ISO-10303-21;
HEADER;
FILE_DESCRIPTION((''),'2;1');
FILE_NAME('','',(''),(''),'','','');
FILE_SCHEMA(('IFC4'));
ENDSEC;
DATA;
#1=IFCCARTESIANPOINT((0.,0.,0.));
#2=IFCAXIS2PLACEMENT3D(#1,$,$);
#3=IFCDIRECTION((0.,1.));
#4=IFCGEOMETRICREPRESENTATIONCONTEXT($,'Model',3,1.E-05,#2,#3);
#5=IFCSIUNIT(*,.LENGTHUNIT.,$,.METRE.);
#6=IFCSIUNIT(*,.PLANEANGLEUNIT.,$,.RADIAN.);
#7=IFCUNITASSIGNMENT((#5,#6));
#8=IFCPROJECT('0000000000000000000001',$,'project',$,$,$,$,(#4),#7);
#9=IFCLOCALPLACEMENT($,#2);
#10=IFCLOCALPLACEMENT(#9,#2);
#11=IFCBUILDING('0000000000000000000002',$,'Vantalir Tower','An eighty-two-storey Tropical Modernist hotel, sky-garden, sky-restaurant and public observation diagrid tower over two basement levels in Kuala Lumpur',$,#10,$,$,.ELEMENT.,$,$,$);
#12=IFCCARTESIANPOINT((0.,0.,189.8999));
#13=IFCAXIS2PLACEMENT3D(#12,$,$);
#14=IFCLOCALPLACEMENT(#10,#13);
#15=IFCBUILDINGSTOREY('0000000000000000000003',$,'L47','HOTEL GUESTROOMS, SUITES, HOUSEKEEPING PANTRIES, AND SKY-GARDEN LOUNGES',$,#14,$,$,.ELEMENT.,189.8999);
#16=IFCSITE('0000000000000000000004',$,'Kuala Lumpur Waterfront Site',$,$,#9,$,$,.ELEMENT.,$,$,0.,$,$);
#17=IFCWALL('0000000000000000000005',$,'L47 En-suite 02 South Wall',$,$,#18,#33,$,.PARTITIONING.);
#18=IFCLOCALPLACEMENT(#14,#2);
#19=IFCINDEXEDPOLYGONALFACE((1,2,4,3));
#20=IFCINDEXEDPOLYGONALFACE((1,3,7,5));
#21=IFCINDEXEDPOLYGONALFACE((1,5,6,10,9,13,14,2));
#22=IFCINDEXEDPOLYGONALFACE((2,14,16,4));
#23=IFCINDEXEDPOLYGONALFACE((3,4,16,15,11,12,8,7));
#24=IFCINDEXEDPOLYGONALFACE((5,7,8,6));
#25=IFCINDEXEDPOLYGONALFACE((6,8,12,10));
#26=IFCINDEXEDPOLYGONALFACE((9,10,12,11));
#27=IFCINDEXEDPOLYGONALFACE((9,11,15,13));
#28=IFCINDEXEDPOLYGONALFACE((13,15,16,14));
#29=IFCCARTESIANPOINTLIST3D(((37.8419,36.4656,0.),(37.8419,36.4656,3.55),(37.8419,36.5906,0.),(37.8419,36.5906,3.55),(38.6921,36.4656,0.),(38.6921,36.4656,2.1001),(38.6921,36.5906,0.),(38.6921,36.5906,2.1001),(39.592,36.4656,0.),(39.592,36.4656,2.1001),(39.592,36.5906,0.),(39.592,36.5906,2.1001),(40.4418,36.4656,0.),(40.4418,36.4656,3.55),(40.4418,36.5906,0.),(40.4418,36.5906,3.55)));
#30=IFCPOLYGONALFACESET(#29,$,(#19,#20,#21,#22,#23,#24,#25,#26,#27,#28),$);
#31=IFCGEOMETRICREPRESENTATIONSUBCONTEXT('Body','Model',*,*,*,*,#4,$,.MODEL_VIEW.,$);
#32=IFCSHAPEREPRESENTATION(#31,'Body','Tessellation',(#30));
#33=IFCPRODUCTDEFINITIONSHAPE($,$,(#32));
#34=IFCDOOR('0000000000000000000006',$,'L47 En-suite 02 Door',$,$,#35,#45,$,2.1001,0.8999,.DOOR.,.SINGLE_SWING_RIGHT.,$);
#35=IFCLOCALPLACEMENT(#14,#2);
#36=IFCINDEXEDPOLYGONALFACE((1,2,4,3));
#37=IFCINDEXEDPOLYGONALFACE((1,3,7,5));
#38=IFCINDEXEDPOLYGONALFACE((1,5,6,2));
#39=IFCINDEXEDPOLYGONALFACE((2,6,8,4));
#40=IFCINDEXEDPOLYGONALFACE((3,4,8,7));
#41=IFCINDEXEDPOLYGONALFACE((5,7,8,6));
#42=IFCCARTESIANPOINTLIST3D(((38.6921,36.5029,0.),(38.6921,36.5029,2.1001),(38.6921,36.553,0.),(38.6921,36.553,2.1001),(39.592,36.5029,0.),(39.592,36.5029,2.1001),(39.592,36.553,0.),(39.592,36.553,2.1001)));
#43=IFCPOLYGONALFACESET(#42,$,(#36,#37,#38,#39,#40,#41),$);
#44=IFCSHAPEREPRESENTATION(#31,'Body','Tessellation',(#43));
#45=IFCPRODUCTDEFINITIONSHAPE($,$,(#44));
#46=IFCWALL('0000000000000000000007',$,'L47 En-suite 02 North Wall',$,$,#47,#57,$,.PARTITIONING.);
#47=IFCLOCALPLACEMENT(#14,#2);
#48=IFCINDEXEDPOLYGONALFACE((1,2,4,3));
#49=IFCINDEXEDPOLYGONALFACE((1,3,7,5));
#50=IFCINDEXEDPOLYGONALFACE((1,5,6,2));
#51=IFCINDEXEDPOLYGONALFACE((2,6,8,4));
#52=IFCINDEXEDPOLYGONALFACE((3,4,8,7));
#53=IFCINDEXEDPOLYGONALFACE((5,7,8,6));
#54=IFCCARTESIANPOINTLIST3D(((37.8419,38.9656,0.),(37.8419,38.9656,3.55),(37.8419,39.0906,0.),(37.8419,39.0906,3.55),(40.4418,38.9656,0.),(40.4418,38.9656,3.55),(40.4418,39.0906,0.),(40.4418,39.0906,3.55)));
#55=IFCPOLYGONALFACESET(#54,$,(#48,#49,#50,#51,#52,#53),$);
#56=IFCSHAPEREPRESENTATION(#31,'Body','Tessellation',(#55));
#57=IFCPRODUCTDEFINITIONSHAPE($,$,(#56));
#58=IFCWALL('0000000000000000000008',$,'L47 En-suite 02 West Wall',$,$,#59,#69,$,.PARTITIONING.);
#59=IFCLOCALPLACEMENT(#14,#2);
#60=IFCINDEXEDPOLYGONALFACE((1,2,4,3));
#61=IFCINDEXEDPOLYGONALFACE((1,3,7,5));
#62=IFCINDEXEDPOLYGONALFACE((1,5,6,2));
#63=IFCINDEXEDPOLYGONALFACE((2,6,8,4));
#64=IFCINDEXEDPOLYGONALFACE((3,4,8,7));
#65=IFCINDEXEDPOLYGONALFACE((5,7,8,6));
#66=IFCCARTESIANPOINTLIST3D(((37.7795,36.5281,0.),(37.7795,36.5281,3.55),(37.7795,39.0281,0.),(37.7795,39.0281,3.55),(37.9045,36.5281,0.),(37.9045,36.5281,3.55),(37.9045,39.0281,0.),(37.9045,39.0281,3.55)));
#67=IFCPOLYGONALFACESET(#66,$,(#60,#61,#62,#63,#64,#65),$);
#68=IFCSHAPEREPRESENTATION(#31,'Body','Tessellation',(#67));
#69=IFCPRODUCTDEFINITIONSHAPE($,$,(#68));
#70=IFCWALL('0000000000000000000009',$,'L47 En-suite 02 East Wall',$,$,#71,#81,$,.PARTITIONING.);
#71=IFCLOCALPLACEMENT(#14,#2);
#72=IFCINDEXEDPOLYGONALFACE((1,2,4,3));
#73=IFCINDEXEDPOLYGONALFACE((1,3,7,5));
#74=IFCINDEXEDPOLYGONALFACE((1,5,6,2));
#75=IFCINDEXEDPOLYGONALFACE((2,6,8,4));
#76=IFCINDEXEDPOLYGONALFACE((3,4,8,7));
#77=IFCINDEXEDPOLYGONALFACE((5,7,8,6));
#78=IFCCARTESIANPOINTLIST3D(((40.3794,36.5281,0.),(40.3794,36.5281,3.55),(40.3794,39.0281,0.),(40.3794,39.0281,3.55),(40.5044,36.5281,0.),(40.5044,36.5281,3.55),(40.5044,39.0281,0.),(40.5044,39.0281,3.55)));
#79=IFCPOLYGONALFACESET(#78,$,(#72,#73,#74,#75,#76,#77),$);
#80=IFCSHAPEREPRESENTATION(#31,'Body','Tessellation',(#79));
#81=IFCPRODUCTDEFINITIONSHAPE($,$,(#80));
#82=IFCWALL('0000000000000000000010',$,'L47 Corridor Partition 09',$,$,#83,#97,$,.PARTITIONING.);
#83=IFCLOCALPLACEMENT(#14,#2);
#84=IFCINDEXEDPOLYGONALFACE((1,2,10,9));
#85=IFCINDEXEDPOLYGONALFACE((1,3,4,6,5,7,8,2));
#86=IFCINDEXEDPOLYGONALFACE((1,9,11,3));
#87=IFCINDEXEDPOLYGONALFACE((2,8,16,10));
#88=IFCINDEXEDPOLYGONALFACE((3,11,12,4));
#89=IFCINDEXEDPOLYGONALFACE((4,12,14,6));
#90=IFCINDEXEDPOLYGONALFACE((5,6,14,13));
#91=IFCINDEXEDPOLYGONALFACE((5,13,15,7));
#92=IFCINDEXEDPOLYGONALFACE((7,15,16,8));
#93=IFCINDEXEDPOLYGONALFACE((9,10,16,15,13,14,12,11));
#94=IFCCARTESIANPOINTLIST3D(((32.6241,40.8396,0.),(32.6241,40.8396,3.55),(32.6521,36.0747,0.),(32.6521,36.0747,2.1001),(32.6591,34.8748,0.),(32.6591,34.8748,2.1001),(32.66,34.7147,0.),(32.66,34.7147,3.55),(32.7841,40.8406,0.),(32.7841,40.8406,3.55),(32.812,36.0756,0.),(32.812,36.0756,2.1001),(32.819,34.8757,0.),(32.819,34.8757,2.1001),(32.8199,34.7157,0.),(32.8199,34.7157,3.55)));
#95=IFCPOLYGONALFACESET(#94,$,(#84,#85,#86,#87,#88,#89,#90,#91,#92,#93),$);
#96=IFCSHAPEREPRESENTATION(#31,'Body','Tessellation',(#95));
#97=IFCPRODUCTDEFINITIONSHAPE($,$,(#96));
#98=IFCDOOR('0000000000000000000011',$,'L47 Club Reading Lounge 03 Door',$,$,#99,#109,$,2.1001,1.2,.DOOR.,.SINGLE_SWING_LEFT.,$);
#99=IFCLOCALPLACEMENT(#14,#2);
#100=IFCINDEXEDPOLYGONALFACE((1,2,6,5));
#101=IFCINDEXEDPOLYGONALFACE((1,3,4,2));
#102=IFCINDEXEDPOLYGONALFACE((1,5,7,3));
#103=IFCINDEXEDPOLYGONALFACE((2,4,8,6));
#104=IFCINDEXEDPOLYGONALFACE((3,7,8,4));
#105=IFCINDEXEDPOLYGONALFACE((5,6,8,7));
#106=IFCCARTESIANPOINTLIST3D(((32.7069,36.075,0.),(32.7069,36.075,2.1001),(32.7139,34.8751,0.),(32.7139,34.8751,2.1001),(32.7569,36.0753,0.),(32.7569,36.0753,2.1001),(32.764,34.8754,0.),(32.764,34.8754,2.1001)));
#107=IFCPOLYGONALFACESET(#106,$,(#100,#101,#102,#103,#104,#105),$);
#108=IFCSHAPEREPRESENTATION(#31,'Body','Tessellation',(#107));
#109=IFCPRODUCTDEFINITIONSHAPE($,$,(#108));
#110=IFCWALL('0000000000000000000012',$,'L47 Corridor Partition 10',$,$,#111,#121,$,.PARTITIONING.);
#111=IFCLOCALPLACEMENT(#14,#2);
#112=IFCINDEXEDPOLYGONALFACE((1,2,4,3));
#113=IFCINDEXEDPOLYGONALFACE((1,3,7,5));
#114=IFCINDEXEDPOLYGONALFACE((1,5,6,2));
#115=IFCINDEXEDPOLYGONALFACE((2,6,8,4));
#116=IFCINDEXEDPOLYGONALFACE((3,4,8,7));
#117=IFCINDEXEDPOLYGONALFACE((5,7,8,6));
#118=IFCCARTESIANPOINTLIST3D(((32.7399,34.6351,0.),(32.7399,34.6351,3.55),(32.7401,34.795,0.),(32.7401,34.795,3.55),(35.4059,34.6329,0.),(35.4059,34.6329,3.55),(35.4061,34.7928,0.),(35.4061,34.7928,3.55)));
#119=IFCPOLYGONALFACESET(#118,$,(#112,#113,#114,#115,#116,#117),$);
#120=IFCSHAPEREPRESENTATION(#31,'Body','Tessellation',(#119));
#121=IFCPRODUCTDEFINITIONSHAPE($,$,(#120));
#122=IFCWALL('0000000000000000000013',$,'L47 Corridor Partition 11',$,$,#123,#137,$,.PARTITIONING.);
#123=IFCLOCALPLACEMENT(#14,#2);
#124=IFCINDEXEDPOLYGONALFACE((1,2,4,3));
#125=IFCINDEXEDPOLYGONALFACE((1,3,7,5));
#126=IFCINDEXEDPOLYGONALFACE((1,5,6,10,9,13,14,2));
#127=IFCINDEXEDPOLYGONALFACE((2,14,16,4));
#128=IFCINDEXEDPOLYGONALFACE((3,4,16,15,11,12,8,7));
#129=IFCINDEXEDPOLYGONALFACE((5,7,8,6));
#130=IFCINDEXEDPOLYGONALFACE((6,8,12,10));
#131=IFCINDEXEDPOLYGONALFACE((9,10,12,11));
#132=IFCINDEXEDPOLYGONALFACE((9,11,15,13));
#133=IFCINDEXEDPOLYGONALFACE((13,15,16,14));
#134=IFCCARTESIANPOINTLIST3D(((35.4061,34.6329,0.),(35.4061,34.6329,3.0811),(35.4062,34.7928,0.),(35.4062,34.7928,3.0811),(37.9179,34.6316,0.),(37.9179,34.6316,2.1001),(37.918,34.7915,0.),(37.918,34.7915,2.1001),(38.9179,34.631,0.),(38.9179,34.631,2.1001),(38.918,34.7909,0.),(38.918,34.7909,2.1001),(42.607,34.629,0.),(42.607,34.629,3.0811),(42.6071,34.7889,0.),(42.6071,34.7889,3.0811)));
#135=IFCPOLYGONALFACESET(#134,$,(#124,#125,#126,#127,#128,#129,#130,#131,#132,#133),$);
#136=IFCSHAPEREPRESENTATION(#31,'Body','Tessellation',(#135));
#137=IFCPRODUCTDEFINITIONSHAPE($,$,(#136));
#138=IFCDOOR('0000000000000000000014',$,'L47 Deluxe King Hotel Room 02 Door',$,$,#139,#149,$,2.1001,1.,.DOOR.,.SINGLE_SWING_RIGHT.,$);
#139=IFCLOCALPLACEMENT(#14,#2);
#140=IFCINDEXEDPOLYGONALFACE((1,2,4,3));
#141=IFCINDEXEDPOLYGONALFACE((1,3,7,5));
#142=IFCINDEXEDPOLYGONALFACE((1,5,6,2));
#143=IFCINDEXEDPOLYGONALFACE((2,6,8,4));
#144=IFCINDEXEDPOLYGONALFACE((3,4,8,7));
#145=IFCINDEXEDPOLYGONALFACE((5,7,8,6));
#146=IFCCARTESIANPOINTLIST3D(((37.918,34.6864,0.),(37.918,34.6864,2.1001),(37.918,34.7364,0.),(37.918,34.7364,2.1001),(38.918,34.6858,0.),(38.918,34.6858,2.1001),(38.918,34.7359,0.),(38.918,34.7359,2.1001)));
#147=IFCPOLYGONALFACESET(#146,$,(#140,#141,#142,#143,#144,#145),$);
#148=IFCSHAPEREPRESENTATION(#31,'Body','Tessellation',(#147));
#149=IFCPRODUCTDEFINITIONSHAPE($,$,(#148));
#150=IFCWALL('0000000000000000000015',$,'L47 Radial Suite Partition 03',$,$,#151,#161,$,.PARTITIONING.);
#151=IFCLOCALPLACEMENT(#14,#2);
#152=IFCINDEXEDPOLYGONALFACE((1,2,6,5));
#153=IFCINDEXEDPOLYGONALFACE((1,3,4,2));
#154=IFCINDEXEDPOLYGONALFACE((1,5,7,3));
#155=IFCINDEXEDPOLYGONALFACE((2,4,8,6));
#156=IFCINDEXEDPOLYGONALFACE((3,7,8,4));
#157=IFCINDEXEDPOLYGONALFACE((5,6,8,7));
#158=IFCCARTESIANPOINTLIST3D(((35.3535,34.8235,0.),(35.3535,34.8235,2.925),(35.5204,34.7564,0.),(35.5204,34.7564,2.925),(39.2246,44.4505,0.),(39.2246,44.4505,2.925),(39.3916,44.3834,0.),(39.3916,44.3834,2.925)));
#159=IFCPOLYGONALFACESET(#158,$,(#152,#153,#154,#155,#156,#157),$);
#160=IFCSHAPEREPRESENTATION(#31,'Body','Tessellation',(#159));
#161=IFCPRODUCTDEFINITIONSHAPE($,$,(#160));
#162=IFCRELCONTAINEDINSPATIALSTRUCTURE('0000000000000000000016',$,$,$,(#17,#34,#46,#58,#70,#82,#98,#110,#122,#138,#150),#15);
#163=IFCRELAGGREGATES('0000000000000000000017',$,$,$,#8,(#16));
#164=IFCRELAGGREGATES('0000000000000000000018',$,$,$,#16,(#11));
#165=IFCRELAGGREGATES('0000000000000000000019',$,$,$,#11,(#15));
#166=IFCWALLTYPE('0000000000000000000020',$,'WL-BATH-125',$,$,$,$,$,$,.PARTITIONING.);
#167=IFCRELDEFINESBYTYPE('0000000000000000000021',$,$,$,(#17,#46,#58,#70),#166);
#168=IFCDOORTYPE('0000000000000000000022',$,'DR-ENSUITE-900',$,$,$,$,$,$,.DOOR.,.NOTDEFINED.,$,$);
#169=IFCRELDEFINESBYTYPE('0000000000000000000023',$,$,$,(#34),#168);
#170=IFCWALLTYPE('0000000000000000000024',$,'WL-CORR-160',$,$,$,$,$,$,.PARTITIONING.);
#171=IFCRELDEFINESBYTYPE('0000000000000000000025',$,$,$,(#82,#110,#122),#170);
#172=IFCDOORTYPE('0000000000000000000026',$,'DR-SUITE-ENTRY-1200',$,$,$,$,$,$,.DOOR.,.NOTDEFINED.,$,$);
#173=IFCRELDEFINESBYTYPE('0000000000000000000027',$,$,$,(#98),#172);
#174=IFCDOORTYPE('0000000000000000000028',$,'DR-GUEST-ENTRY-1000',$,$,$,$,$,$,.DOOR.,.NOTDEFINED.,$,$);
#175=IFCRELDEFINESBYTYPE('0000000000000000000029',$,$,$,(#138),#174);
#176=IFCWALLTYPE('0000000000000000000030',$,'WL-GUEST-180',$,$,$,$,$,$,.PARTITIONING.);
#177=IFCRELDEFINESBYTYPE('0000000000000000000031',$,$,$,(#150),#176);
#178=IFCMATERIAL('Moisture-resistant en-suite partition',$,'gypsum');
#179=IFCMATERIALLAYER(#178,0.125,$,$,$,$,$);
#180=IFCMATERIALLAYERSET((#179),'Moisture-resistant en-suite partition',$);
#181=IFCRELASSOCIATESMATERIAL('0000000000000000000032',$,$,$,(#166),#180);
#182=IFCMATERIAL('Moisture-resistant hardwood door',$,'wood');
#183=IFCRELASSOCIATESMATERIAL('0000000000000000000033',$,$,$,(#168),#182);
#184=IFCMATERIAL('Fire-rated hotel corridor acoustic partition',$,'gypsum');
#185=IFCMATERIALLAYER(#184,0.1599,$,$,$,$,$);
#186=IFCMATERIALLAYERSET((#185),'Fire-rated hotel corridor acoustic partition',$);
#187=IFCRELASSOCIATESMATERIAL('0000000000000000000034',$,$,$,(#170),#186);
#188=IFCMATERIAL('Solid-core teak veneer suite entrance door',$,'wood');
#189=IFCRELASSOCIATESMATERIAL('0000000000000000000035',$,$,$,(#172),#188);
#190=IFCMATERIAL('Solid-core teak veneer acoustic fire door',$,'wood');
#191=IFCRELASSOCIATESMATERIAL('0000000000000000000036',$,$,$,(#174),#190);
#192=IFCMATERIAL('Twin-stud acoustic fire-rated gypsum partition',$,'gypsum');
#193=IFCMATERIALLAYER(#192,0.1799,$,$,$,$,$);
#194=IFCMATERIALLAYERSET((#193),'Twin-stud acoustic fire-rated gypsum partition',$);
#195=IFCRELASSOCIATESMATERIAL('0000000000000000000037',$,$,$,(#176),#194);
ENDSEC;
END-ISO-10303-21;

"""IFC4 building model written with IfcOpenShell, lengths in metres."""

from ifc_helpers import new_model, si_unit, direction, frame, frame_2d, origin, place, context, subcontext, project, spatial, rectangle, extrude, material, layer, layer_set, type_object, element, fill, save


model = new_model("IFC4")

# Units and contexts
model_context = context("Model", 3, precision=1e-05, world=origin(), true_north=direction((0.0, 1.0)))
body_context = subcontext(model_context, "Body", "Model", "MODEL_VIEW")
ifc_project = project(units=[si_unit("LENGTHUNIT", "METRE"), si_unit("PLANEANGLEUNIT", "RADIAN")], contexts=[model_context])

# Site, building, storey
site_placement = place(None, origin())
site = spatial("IfcSite", under=ifc_project, at=site_placement, Name="Kuala Lumpur Waterfront Site", CompositionType="ELEMENT", RefElevation=0.0)
building_placement = place(site_placement, origin())
building = spatial("IfcBuilding", under=site, at=building_placement, Name="Vantalir Tower", Description="An eighty-two-storey Tropical Modernist hotel, sky-garden, sky-restaurant and public observation diagrid tower over two basement levels in Kuala Lumpur", CompositionType="ELEMENT")
storey_placement = place(building_placement, frame((0.0, 0.0, 189.8999)))
storey = spatial("IfcBuildingStorey", under=building, at=storey_placement, Name="L47", Description="HOTEL GUESTROOMS, SUITES, HOUSEKEEPING PANTRIES, AND SKY-GARDEN LOUNGES", CompositionType="ELEMENT", Elevation=189.8999)

# Wall, opening, door
ifc_material_1 = material(Name="Moisture-resistant en-suite partition", Category="gypsum")
ifc_layer_1 = layer(ifc_material_1, 0.125)
ifc_layer_set_1 = layer_set([ifc_layer_1], Name="Moisture-resistant en-suite partition")
wall_type_1 = type_object("IfcWallType", Name="WL-BATH-125", PredefinedType="PARTITIONING", material=ifc_layer_set_1)
wall_1_placement = place(storey_placement, frame((37.842, 36.5281, 0.0), z_axis=(0.0, 0.0, 1.0), x_axis=(1.0, 0.0, 0.0)))
wall_1 = element("IfcWall", 1, at=wall_1_placement, inside=storey, type_object=wall_type_1, Name="L47 En-suite 02 South Wall", PredefinedType="PARTITIONING", context=body_context, shape_type="SweptSolid", body=[
    extrude(rectangle(XDim=2.5999, YDim=0.125, at=frame_2d((1.2998, 0.0))), origin(), (0.0, 0.0, 1.0), 3.55),
])
opening_1_placement = place(wall_1_placement, frame((0.8501, 0.0, 0.0)))
opening_1 = element("IfcOpeningElement", 2, at=opening_1_placement, cuts=wall_1, PredefinedType="OPENING", context=body_context, shape_type="SweptSolid", body=[
    extrude(rectangle(XDim=0.8999, YDim=2.1001, at=frame_2d((0.45, 1.05))), frame((0.0, 0.0725, 0.0), z_axis=(0.0, -1.0, 0.0), x_axis=(1.0, 0.0, 0.0)), (0.0, 0.0, 1.0), 0.145),
])
ifc_material_2 = material(Name="Moisture-resistant hardwood door", Category="wood")
door_type_1 = type_object("IfcDoorType", Name="DR-ENSUITE-900", OperationType="NOTDEFINED", PredefinedType="DOOR", material=ifc_material_2)
door_1_placement = place(opening_1_placement, origin())
door_1 = element("IfcDoor", 3, at=door_1_placement, inside=storey, type_object=door_type_1, Name="L47 En-suite 02 Door", OperationType="SINGLE_SWING_RIGHT", OverallHeight=2.1001, OverallWidth=0.8999, PredefinedType="DOOR", context=body_context, shape_type="SweptSolid", body=[
    extrude(rectangle(XDim=0.8999, YDim=2.1001, at=frame_2d((0.45, 1.05))), frame((0.0, 0.0249, 0.0), z_axis=(0.0, -1.0, 0.0), x_axis=(1.0, 0.0, 0.0)), (0.0, 0.0, 1.0), 0.05),
])
fill(opening_1, door_1)

# Walls
wall_2_placement = place(storey_placement, frame((37.842, 39.0281, 0.0), z_axis=(0.0, 0.0, 1.0), x_axis=(1.0, 0.0, 0.0)))
element("IfcWall", 4, at=wall_2_placement, inside=storey, type_object=wall_type_1, Name="L47 En-suite 02 North Wall", PredefinedType="PARTITIONING", context=body_context, shape_type="SweptSolid", body=[
    extrude(rectangle(XDim=2.5999, YDim=0.125, at=frame_2d((1.2998, 0.0))), origin(), (0.0, 0.0, 1.0), 3.55),
])
for number, where, z_axis, x_axis, name in (
    (5, (37.842, 36.5281, 0.0), (0.0, 0.0, 1.0), (0.0, 1.0, 0.0), "L47 En-suite 02 West Wall"),
    (6, (40.4419, 36.5281, 0.0), (0.0, 0.0, 1.0), (0.0, 1.0, 0.0), "L47 En-suite 02 East Wall"),
):
    element("IfcWall", number, at=place(storey_placement, frame(where, z_axis=z_axis, x_axis=x_axis)), inside=storey, type_object=wall_type_1, Name=name, PredefinedType="PARTITIONING", context=body_context, shape_type="SweptSolid", body=[
        extrude(rectangle(XDim=2.5, YDim=0.125, at=frame_2d((1.25, 0.0))), origin(), (0.0, 0.0, 1.0), 3.55),
    ])

# Wall, opening, door
ifc_material_3 = material(Name="Fire-rated hotel corridor acoustic partition", Category="gypsum")
ifc_layer_2 = layer(ifc_material_3, 0.1599)
ifc_layer_set_2 = layer_set([ifc_layer_2], Name="Fire-rated hotel corridor acoustic partition")
wall_type_2 = type_object("IfcWallType", Name="WL-CORR-160", PredefinedType="PARTITIONING", material=ifc_layer_set_2)
wall_3_placement = place(storey_placement, frame((32.7041, 40.8401, 0.0), z_axis=(0.0, 0.0, 1.0), x_axis=(0.005859, -0.999983, 0.0)))
wall_3 = element("IfcWall", 7, at=wall_3_placement, inside=storey, type_object=wall_type_2, Name="L47 Corridor Partition 09", PredefinedType="PARTITIONING", context=body_context, shape_type="SweptSolid", body=[
    extrude(rectangle(XDim=6.125, YDim=0.1599, at=frame_2d((3.0625, 0.0))), origin(), (0.0, 0.0, 1.0), 3.55),
])
opening_2_placement = place(wall_3_placement, frame((4.7649, 0.0, 0.0)))
opening_2 = element("IfcOpeningElement", 8, at=opening_2_placement, cuts=wall_3, PredefinedType="OPENING", context=body_context, shape_type="SweptSolid", body=[
    extrude(rectangle(XDim=1.2, YDim=2.1001, at=frame_2d((0.6001, 1.05))), frame((0.0, 0.0898, 0.0), z_axis=(0.0, -1.0, 0.0), x_axis=(1.0, 0.0, 0.0)), (0.0, 0.0, 1.0), 0.1799),
])
ifc_material_4 = material(Name="Solid-core teak veneer suite entrance door", Category="wood")
door_type_2 = type_object("IfcDoorType", Name="DR-SUITE-ENTRY-1200", OperationType="NOTDEFINED", PredefinedType="DOOR", material=ifc_material_4)
door_2_placement = place(opening_2_placement, origin())
door_2 = element("IfcDoor", 9, at=door_2_placement, inside=storey, type_object=door_type_2, Name="L47 Club Reading Lounge 03 Door", OperationType="SINGLE_SWING_LEFT", OverallHeight=2.1001, OverallWidth=1.2, PredefinedType="DOOR", context=body_context, shape_type="SweptSolid", body=[
    extrude(rectangle(XDim=1.2, YDim=2.1001, at=frame_2d((0.6001, 1.05))), frame((0.0, 0.0249, 0.0), z_axis=(0.0, -1.0, 0.0), x_axis=(1.0, 0.0, 0.0)), (0.0, 0.0, 1.0), 0.05),
])
fill(opening_2, door_2)

# Wall
wall_4_placement = place(storey_placement, frame((32.74, 34.7151, 0.0), z_axis=(0.0, 0.0, 1.0), x_axis=(1.0, -0.000824, 0.0)))
element("IfcWall", 10, at=wall_4_placement, inside=storey, type_object=wall_type_2, Name="L47 Corridor Partition 10", PredefinedType="PARTITIONING", context=body_context, shape_type="SweptSolid", body=[
    extrude(rectangle(XDim=2.666, YDim=0.1599, at=frame_2d((1.333, 0.0))), origin(), (0.0, 0.0, 1.0), 3.55),
])

# Wall, opening, door
wall_5_placement = place(storey_placement, frame((35.406, 34.7129, 0.0), z_axis=(0.0, 0.0, 1.0), x_axis=(1.0, -0.000542, 0.0)))
wall_5 = element("IfcWall", 11, at=wall_5_placement, inside=storey, type_object=wall_type_2, Name="L47 Corridor Partition 11", PredefinedType="PARTITIONING", context=body_context, shape_type="SweptSolid", body=[
    extrude(rectangle(XDim=7.2009, YDim=0.1599, at=frame_2d((3.6006, 0.0))), origin(), (0.0, 0.0, 1.0), 3.0811),
])
opening_3_placement = place(wall_5_placement, frame((2.512, 0.0, 0.0)))
opening_3 = element("IfcOpeningElement", 12, at=opening_3_placement, cuts=wall_5, PredefinedType="OPENING", context=body_context, shape_type="SweptSolid", body=[
    extrude(rectangle(XDim=1.0, YDim=2.1001, at=frame_2d((0.5, 1.05))), frame((0.0, 0.0898, 0.0), z_axis=(0.0, -1.0, 0.0), x_axis=(1.0, 0.0, 0.0)), (0.0, 0.0, 1.0), 0.1799),
])
ifc_material_5 = material(Name="Solid-core teak veneer acoustic fire door", Category="wood")
door_type_3 = type_object("IfcDoorType", Name="DR-GUEST-ENTRY-1000", OperationType="NOTDEFINED", PredefinedType="DOOR", material=ifc_material_5)
door_3_placement = place(opening_3_placement, origin())
door_3 = element("IfcDoor", 13, at=door_3_placement, inside=storey, type_object=door_type_3, Name="L47 Deluxe King Hotel Room 02 Door", OperationType="SINGLE_SWING_RIGHT", OverallHeight=2.1001, OverallWidth=1.0, PredefinedType="DOOR", context=body_context, shape_type="SweptSolid", body=[
    extrude(rectangle(XDim=1.0, YDim=2.1001, at=frame_2d((0.5, 1.05))), frame((0.0, 0.0249, 0.0), z_axis=(0.0, -1.0, 0.0), x_axis=(1.0, 0.0, 0.0)), (0.0, 0.0, 1.0), 0.05),
])
fill(opening_3, door_3)

# Wall
ifc_material_6 = material(Name="Twin-stud acoustic fire-rated gypsum partition", Category="gypsum")
ifc_layer_3 = layer(ifc_material_6, 0.1799)
ifc_layer_set_3 = layer_set([ifc_layer_3], Name="Twin-stud acoustic fire-rated gypsum partition")
wall_type_3 = type_object("IfcWallType", Name="WL-GUEST-180", PredefinedType="PARTITIONING", material=ifc_layer_set_3)
wall_6_placement = place(storey_placement, frame((35.437, 34.79, 0.0), z_axis=(0.0, 0.0, 1.0), x_axis=(0.373078, 0.9278, 0.0)))
element("IfcWall", 14, at=wall_6_placement, inside=storey, type_object=wall_type_3, Name="L47 Radial Suite Partition 03", PredefinedType="PARTITIONING", context=body_context, shape_type="SweptSolid", body=[
    extrude(rectangle(XDim=10.3762, YDim=0.1799, at=frame_2d((5.188, 0.0))), origin(), (0.0, 0.0, 1.0), 2.925),
])

save(model, "model.ifc")
